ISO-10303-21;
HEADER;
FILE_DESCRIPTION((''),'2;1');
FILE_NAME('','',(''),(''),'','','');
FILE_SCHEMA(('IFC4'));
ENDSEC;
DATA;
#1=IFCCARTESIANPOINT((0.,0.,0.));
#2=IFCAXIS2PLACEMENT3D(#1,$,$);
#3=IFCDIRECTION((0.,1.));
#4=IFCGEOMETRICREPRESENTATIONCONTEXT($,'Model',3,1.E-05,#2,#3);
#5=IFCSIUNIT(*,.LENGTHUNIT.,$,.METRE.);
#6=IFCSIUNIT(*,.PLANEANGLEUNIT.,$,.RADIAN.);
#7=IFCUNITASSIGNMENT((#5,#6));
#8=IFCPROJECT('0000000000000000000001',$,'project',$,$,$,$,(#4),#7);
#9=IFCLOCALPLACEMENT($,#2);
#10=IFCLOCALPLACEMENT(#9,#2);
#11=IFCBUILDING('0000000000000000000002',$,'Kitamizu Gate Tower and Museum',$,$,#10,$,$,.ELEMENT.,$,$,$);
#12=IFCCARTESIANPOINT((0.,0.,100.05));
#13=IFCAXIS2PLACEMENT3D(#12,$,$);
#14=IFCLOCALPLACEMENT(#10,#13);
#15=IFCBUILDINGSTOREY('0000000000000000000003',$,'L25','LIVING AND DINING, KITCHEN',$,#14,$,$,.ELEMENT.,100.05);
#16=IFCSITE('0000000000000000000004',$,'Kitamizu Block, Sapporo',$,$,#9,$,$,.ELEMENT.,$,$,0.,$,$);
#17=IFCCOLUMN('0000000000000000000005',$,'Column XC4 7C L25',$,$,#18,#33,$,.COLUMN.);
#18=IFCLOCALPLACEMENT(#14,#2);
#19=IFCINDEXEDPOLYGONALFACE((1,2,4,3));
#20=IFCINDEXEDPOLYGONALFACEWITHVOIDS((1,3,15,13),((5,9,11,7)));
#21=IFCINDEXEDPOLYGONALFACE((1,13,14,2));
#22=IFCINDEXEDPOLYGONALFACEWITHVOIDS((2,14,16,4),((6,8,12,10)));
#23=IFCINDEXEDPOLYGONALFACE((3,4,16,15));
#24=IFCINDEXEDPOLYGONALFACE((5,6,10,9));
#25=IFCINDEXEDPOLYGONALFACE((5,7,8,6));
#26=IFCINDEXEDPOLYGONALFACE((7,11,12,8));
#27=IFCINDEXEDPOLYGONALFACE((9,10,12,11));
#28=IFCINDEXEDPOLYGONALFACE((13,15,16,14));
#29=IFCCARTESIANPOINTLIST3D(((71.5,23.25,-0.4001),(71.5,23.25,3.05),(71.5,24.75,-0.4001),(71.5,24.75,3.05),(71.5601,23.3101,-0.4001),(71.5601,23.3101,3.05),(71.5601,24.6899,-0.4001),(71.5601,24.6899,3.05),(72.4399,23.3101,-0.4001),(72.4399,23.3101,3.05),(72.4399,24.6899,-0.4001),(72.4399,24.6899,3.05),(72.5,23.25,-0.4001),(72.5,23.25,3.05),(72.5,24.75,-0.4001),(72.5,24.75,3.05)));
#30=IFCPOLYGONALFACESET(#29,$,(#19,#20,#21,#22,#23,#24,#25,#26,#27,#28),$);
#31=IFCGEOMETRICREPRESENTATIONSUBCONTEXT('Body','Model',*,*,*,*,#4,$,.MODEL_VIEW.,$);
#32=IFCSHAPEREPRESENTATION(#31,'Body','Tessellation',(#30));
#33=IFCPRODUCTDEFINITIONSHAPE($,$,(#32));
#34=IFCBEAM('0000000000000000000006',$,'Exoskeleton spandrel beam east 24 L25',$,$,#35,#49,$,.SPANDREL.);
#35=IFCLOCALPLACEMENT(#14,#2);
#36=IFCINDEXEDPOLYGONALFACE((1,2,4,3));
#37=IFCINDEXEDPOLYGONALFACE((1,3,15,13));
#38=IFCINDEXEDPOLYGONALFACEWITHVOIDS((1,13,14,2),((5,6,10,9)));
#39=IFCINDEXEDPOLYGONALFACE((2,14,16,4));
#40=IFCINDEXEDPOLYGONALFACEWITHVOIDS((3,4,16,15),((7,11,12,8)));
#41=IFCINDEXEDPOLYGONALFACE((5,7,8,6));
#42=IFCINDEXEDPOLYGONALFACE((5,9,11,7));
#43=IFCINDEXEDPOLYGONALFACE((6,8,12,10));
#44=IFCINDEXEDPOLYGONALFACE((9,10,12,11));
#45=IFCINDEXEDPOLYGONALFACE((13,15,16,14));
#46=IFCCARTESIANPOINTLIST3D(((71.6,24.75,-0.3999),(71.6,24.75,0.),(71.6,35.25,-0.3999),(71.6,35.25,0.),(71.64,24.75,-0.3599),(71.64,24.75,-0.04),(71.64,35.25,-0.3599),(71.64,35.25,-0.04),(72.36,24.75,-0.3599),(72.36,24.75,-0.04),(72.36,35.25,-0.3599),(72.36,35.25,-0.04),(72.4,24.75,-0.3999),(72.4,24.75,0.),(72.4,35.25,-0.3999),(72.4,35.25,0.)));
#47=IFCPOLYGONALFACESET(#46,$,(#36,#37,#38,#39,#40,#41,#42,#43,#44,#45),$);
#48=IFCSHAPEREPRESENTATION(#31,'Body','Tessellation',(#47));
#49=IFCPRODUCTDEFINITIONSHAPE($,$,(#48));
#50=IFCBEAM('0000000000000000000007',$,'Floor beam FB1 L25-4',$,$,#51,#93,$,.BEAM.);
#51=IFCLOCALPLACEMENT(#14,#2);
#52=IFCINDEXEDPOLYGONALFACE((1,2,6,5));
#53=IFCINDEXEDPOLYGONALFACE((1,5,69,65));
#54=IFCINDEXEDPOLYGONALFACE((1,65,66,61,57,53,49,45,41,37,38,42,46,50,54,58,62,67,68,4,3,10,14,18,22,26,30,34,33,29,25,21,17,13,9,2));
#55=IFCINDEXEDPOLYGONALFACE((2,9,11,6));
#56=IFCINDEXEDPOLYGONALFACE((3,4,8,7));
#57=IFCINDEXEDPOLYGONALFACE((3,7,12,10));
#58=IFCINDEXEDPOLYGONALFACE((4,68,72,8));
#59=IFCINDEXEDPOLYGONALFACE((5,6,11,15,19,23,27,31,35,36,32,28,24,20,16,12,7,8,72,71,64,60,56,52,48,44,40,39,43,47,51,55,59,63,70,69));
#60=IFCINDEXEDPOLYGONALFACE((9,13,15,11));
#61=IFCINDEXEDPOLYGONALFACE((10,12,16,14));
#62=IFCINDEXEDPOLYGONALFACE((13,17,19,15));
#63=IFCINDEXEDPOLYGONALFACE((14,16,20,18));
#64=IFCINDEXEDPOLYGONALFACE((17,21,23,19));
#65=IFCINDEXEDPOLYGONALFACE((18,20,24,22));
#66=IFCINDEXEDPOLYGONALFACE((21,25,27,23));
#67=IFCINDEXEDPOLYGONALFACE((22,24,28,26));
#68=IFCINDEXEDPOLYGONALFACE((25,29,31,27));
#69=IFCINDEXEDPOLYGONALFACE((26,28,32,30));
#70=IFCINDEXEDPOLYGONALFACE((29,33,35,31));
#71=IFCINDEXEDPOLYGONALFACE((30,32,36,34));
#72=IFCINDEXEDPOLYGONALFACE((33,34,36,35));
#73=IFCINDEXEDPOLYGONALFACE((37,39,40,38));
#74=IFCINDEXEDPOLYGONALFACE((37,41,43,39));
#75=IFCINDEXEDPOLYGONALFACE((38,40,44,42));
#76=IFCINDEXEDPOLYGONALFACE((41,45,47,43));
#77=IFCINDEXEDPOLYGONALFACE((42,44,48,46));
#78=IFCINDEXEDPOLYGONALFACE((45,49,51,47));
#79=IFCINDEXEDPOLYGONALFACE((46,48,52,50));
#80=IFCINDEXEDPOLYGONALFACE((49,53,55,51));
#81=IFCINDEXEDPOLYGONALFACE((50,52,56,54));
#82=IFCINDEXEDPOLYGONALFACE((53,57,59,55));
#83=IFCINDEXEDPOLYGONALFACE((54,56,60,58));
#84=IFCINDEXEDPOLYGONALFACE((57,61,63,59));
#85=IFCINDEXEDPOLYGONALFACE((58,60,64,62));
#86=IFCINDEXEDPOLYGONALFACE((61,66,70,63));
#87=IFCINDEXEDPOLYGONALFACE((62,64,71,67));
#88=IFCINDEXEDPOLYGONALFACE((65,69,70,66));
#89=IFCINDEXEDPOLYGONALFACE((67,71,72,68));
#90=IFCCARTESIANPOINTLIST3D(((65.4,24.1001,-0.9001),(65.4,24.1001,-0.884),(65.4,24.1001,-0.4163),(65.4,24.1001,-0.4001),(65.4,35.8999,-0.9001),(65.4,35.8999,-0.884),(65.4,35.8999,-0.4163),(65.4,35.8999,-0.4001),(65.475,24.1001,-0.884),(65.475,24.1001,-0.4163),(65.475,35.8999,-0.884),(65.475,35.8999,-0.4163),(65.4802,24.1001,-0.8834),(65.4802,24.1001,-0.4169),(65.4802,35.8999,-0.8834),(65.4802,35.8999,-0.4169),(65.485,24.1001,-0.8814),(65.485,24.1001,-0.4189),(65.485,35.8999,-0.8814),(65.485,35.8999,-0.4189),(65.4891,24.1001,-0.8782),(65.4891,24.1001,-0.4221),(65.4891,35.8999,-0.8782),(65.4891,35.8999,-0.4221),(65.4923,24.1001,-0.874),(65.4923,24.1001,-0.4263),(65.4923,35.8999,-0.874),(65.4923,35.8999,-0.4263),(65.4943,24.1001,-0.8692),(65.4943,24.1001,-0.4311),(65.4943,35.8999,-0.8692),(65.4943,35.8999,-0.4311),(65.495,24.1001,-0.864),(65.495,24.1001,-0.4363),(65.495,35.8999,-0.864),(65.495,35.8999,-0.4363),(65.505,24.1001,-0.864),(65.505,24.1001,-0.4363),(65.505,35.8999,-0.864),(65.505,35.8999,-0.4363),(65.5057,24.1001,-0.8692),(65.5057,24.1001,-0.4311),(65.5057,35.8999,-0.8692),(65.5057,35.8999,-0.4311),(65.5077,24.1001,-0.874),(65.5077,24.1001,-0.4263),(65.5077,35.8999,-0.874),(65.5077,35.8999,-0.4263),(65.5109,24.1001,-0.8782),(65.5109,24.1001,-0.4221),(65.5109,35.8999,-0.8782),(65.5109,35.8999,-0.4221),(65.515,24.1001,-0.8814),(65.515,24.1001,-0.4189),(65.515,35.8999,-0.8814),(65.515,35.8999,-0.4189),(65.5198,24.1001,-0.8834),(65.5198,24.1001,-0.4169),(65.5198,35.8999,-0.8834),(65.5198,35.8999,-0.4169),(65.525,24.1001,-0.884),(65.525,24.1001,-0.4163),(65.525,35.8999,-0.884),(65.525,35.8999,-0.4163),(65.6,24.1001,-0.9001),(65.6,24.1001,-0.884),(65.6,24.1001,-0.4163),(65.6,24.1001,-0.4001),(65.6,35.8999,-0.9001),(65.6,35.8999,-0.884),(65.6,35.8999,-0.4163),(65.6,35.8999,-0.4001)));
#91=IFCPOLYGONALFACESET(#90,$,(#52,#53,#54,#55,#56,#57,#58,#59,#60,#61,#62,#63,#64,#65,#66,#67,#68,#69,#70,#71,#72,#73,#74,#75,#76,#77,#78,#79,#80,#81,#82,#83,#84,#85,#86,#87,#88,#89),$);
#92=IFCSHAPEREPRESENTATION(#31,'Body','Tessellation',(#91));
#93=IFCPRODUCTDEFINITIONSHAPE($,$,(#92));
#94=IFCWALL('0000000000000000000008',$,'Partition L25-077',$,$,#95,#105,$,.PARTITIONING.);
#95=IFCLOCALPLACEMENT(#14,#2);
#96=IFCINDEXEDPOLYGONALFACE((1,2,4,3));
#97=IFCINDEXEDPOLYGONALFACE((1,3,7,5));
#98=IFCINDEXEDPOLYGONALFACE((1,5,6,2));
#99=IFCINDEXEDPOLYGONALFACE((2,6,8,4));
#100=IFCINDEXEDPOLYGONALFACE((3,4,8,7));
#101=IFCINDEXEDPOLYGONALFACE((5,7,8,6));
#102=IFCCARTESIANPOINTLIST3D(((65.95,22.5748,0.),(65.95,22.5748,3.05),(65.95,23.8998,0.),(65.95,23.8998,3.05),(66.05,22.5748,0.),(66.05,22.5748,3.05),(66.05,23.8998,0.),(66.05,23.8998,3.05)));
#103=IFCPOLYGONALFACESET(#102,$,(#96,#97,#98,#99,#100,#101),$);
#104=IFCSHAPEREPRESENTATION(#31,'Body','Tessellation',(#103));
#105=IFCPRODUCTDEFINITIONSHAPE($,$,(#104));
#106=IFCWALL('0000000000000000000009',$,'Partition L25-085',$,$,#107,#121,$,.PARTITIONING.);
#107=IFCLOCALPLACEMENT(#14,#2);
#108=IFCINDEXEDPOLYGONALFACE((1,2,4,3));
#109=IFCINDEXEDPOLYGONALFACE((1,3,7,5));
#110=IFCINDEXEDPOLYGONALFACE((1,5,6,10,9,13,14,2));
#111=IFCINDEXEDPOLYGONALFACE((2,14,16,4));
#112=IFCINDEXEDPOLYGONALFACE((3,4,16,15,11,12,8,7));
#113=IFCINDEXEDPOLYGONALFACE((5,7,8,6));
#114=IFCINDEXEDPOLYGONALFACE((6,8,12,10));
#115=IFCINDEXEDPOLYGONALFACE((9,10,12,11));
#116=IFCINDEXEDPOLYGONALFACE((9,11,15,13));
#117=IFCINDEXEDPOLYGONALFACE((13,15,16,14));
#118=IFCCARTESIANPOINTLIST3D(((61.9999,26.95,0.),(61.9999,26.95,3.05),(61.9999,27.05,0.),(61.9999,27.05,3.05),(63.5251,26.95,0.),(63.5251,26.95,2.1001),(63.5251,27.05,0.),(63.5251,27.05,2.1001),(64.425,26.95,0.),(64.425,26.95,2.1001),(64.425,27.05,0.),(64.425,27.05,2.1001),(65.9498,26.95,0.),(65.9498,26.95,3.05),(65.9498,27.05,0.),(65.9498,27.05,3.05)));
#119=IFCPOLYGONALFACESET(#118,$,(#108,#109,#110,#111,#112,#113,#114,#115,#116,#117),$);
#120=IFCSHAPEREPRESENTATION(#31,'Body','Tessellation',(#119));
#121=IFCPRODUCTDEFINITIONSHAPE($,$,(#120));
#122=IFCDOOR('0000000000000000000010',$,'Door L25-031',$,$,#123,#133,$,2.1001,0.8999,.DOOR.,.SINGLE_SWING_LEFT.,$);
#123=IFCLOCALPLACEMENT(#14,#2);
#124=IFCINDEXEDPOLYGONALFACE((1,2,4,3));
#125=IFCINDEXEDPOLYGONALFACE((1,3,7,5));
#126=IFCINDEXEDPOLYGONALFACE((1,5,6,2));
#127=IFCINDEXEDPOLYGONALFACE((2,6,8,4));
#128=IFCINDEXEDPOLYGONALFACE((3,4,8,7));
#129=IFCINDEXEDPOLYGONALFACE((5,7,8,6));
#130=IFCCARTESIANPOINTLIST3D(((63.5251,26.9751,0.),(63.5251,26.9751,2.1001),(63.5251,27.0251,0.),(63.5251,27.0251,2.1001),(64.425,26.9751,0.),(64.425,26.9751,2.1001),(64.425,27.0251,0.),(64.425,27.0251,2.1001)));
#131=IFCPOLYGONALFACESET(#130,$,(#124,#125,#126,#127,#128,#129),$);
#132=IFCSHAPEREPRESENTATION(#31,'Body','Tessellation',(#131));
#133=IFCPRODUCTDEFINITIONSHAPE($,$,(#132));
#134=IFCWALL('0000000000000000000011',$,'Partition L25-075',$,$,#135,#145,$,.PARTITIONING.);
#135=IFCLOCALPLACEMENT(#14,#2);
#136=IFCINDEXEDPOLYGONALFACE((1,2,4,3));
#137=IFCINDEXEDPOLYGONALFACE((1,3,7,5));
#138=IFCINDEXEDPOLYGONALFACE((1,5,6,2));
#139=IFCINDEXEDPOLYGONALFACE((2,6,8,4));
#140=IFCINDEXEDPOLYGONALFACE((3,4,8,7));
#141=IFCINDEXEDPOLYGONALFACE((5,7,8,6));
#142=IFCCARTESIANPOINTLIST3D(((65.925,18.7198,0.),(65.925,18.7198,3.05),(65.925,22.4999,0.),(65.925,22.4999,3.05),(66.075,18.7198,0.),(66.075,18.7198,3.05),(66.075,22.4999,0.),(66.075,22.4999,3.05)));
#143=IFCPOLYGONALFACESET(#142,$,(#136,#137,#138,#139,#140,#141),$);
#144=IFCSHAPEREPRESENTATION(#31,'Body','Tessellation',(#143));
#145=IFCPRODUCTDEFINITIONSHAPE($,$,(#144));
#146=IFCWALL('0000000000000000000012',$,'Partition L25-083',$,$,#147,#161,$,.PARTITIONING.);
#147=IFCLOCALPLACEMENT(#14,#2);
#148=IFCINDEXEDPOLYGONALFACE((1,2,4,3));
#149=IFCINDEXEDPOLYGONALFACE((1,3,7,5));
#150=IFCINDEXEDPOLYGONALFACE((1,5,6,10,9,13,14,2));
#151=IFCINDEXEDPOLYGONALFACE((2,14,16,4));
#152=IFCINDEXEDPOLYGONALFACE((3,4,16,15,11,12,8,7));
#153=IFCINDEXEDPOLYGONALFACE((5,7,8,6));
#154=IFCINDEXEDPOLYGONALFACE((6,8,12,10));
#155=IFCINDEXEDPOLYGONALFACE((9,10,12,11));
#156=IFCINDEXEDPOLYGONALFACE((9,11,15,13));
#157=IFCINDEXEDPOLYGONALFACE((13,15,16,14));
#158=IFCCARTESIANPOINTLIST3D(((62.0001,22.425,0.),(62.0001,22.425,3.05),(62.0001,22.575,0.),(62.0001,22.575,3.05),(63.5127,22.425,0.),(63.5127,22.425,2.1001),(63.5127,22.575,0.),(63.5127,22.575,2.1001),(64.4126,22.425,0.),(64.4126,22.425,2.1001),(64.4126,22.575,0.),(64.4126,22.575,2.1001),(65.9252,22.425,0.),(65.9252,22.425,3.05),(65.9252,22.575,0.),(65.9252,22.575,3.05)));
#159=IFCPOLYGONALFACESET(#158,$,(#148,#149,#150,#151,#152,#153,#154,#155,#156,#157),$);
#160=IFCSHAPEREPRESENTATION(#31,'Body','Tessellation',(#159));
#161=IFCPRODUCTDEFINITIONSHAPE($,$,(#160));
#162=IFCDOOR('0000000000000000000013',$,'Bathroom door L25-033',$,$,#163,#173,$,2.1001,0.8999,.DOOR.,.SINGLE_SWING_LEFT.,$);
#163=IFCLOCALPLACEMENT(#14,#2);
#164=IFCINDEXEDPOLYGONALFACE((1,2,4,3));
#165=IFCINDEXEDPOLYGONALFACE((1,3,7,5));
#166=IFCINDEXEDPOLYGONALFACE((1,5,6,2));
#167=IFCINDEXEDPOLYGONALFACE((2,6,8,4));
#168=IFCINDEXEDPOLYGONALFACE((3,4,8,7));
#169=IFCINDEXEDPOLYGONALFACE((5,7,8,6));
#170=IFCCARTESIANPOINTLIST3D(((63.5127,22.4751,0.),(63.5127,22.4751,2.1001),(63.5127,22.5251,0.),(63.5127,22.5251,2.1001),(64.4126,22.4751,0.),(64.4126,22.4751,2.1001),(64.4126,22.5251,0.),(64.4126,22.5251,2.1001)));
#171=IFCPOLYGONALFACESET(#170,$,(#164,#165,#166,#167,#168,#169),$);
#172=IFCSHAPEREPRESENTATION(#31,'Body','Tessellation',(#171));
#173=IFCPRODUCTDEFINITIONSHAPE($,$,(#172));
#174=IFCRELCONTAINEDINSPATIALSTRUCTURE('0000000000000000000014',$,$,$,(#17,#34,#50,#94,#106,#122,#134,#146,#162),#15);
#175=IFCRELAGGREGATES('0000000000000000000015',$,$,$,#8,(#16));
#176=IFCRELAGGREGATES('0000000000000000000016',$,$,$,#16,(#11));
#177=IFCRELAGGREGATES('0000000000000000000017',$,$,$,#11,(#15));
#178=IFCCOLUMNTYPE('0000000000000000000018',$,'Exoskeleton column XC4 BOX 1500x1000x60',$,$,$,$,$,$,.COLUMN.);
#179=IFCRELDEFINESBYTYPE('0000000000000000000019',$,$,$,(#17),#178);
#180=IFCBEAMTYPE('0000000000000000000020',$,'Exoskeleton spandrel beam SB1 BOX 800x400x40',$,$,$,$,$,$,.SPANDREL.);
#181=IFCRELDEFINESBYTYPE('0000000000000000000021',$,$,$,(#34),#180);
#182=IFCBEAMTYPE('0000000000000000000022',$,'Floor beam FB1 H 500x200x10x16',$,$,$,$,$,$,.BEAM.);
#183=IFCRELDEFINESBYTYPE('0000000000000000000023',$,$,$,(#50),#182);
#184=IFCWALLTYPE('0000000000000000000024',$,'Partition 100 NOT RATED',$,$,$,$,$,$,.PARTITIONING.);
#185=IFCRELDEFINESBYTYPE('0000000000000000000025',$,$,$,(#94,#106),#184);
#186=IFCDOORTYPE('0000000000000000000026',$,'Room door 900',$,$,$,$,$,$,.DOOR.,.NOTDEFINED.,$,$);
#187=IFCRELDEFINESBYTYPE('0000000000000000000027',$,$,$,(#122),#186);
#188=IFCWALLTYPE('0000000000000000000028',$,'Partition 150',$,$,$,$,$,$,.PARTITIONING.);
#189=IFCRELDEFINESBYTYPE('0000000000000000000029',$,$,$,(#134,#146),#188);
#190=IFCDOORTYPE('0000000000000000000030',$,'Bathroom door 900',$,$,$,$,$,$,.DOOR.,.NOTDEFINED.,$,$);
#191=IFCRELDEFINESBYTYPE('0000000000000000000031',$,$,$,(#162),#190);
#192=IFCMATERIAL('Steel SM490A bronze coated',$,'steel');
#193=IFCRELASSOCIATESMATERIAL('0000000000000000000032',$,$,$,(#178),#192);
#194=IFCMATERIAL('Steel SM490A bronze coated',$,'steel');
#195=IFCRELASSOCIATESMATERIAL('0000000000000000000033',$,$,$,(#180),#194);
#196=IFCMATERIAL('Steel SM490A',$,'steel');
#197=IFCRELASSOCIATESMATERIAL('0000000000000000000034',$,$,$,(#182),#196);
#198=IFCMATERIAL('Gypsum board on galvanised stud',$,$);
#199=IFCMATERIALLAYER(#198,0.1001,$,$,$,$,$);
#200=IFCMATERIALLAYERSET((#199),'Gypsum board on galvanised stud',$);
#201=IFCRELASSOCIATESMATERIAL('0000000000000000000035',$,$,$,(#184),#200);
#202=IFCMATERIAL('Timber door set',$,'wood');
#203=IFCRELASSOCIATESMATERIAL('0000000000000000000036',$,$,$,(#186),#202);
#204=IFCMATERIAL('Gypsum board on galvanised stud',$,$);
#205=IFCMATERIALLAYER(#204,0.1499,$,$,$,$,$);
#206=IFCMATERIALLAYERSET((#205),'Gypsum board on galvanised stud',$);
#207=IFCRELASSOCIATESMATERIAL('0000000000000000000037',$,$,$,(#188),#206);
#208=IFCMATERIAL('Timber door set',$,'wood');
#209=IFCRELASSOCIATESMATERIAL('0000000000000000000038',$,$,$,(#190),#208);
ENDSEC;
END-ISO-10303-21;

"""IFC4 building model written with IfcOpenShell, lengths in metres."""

from ifc_helpers import new_model, si_unit, direction, frame, frame_2d, origin, origin_2d, place, context, subcontext, project, spatial, rectangle, hollow_rectangle, i_section, extrude, material, layer, layer_set, material_profile, profile_set, type_object, element, fill, save


model = new_model("IFC4")

# Units and contexts
model_context = context("Model", 3, precision=1e-05, world=origin(), true_north=direction((0.0, 1.0)))
body_context = subcontext(model_context, "Body", "Model", "MODEL_VIEW")
ifc_project = project(units=[si_unit("LENGTHUNIT", "METRE"), si_unit("PLANEANGLEUNIT", "RADIAN")], contexts=[model_context])

# Site, building, storey
site_placement = place(None, origin())
site = spatial("IfcSite", under=ifc_project, at=site_placement, Name="Kitamizu Block, Sapporo", CompositionType="ELEMENT", RefElevation=0.0)
building_placement = place(site_placement, origin())
building = spatial("IfcBuilding", under=site, at=building_placement, Name="Kitamizu Gate Tower and Museum", CompositionType="ELEMENT")
storey_placement = place(building_placement, frame((0.0, 0.0, 100.05)))
storey = spatial("IfcBuildingStorey", under=building, at=storey_placement, Name="L25", Description="LIVING AND DINING, KITCHEN", CompositionType="ELEMENT", Elevation=100.05)

# Column
ifc_material_1 = material(Name="Steel SM490A bronze coated", Category="steel")
ifc_material_profile_1 = material_profile(ifc_material_1, hollow_rectangle(XDim=1.5, YDim=1.0, WallThickness=0.0601, at=origin_2d()), Name="BOX 1500x1000x60")
ifc_profile_set_1 = profile_set([ifc_material_profile_1], Name="Steel SM490A bronze coated")
column_type = type_object("IfcColumnType", Name="Exoskeleton column XC4 BOX 1500x1000x60", PredefinedType="COLUMN", material=ifc_profile_set_1)
column_placement = place(storey_placement, frame((72.0, 24.0, -0.4001), z_axis=(0.0, 0.0, 1.0), x_axis=(0.0, 1.0, 0.0)))
element("IfcColumn", 1, at=column_placement, inside=storey, type_object=column_type, Name="Column XC4 7C L25", PredefinedType="COLUMN", context=body_context, shape_type="SweptSolid", body=[
    extrude(hollow_rectangle(XDim=1.5, YDim=1.0, WallThickness=0.0601, at=origin_2d()), origin(), (0.0, 0.0, 1.0), 3.4502),
])

# Beams
ifc_material_2 = material(Name="Steel SM490A bronze coated", Category="steel")
ifc_material_profile_2 = material_profile(ifc_material_2, hollow_rectangle(XDim=0.8, YDim=0.3999, WallThickness=0.04, at=origin_2d()), Name="BOX 800x400x40")
ifc_profile_set_2 = profile_set([ifc_material_profile_2], Name="Steel SM490A bronze coated")
beam_type_1 = type_object("IfcBeamType", Name="Exoskeleton spandrel beam SB1 BOX 800x400x40", PredefinedType="SPANDREL", material=ifc_profile_set_2)
beam_1_placement = place(storey_placement, frame((72.0, 24.75, -0.2), z_axis=(0.0, 1.0, 0.0), x_axis=(-1.0, 0.0, 0.0)))
element("IfcBeam", 2, at=beam_1_placement, inside=storey, type_object=beam_type_1, Name="Exoskeleton spandrel beam east 24 L25", PredefinedType="SPANDREL", context=body_context, shape_type="SweptSolid", body=[
    extrude(hollow_rectangle(XDim=0.8, YDim=0.3999, WallThickness=0.04, at=origin_2d()), origin(), (0.0, 0.0, 1.0), 10.5),
])
ifc_material_3 = material(Name="Steel SM490A", Category="steel")
ifc_material_profile_3 = material_profile(ifc_material_3, i_section(OverallWidth=0.2, OverallDepth=0.5, WebThickness=0.01, FlangeThickness=0.0161, FilletRadius=0.02, at=origin_2d()), Name="H-500x200x10x16")
ifc_profile_set_3 = profile_set([ifc_material_profile_3], Name="Steel SM490A")
beam_type_2 = type_object("IfcBeamType", Name="Floor beam FB1 H 500x200x10x16", PredefinedType="BEAM", material=ifc_profile_set_3)
beam_2_placement = place(storey_placement, frame((65.5, 24.1001, -0.6501), z_axis=(0.0, 1.0, 0.0), x_axis=(-1.0, 0.0, 0.0)))
element("IfcBeam", 3, at=beam_2_placement, inside=storey, type_object=beam_type_2, Name="Floor beam FB1 L25-4", PredefinedType="BEAM", context=body_context, shape_type="SweptSolid", body=[
    extrude(i_section(OverallWidth=0.2, OverallDepth=0.5, WebThickness=0.01, FlangeThickness=0.0161, FilletRadius=0.02, at=origin_2d()), origin(), (0.0, 0.0, 1.0), 11.7998),
])

# Wall
ifc_material_4 = material(Name="Gypsum board on galvanised stud")
ifc_layer_1 = layer(ifc_material_4, 0.1001)
ifc_layer_set_1 = layer_set([ifc_layer_1], Name="Gypsum board on galvanised stud")
wall_type_1 = type_object("IfcWallType", Name="Partition 100 NOT RATED", PredefinedType="PARTITIONING", material=ifc_layer_set_1)
wall_1_placement = place(storey_placement, frame((66.0, 23.8999, 0.0), z_axis=(0.0, 0.0, 1.0), x_axis=(0.0, -1.0, 0.0)))
element("IfcWall", 4, at=wall_1_placement, inside=storey, type_object=wall_type_1, Name="Partition L25-077", PredefinedType="PARTITIONING", context=body_context, shape_type="SweptSolid", body=[
    extrude(rectangle(XDim=1.325, YDim=0.1001, at=frame_2d((0.6626, 0.0))), origin(), (0.0, 0.0, 1.0), 3.05),
])

# Wall, opening, door
wall_2_placement = place(storey_placement, frame((65.95, 27.0, 0.0), z_axis=(0.0, 0.0, 1.0), x_axis=(-1.0, 0.0, 0.0)))
wall_2 = element("IfcWall", 5, at=wall_2_placement, inside=storey, type_object=wall_type_1, Name="Partition L25-085", PredefinedType="PARTITIONING", context=body_context, shape_type="SweptSolid", body=[
    extrude(rectangle(XDim=3.95, YDim=0.1001, at=frame_2d((1.9751, 0.0))), origin(), (0.0, 0.0, 1.0), 3.05),
])
opening_1_placement = place(wall_2_placement, frame((1.5249, 0.0, 0.0)))
opening_1 = element("IfcOpeningElement", 6, at=opening_1_placement, cuts=wall_2, PredefinedType="OPENING", context=body_context, shape_type="SweptSolid", body=[
    extrude(rectangle(XDim=0.8999, YDim=2.1001, at=frame_2d((0.45, 1.05))), frame((0.0, 0.0601, 0.0), z_axis=(0.0, -1.0, 0.0), x_axis=(1.0, 0.0, 0.0)), (0.0, 0.0, 1.0), 0.1201),
])
ifc_material_5 = material(Name="Timber door set", Category="wood")
door_type_1 = type_object("IfcDoorType", Name="Room door 900", OperationType="NOTDEFINED", PredefinedType="DOOR", material=ifc_material_5)
door_1_placement = place(opening_1_placement, origin())
door_1 = element("IfcDoor", 7, at=door_1_placement, inside=storey, type_object=door_type_1, Name="Door L25-031", OperationType="SINGLE_SWING_LEFT", OverallHeight=2.1001, OverallWidth=0.8999, PredefinedType="DOOR", context=body_context, shape_type="SweptSolid", body=[
    extrude(rectangle(XDim=0.8999, YDim=2.1001, at=frame_2d((0.45, 1.05))), frame((0.0, 0.0249, 0.0), z_axis=(0.0, -1.0, 0.0), x_axis=(1.0, 0.0, 0.0)), (0.0, 0.0, 1.0), 0.05),
])
fill(opening_1, door_1)

# Wall
ifc_material_6 = material(Name="Gypsum board on galvanised stud")
ifc_layer_2 = layer(ifc_material_6, 0.1499)
ifc_layer_set_2 = layer_set([ifc_layer_2], Name="Gypsum board on galvanised stud")
wall_type_2 = type_object("IfcWallType", Name="Partition 150", PredefinedType="PARTITIONING", material=ifc_layer_set_2)
wall_3_placement = place(storey_placement, frame((66.0, 22.5, 0.0), z_axis=(0.0, 0.0, 1.0), x_axis=(0.0, -1.0, 0.0)))
element("IfcWall", 8, at=wall_3_placement, inside=storey, type_object=wall_type_2, Name="Partition L25-075", PredefinedType="PARTITIONING", context=body_context, shape_type="SweptSolid", body=[
    extrude(rectangle(XDim=3.78, YDim=0.1499, at=frame_2d((1.8901, 0.0))), origin(), (0.0, 0.0, 1.0), 3.05),
])

# Wall, opening, door
wall_4_placement = place(storey_placement, frame((65.925, 22.5, 0.0), z_axis=(0.0, 0.0, 1.0), x_axis=(-1.0, 0.0, 0.0)))
wall_4 = element("IfcWall", 9, at=wall_4_placement, inside=storey, type_object=wall_type_2, Name="Partition L25-083", PredefinedType="PARTITIONING", context=body_context, shape_type="SweptSolid", body=[
    extrude(rectangle(XDim=3.925, YDim=0.1499, at=frame_2d((1.9624, 0.0))), origin(), (0.0, 0.0, 1.0), 3.05),
])
opening_2_placement = place(wall_4_placement, frame((1.5125, 0.0, 0.0)))
opening_2 = element("IfcOpeningElement", 10, at=opening_2_placement, cuts=wall_4, PredefinedType="OPENING", context=body_context, shape_type="SweptSolid", body=[
    extrude(rectangle(XDim=0.8999, YDim=2.1001, at=frame_2d((0.45, 1.05))), frame((0.0, 0.085, 0.0), z_axis=(0.0, -1.0, 0.0), x_axis=(1.0, 0.0, 0.0)), (0.0, 0.0, 1.0), 0.1699),
])
ifc_material_7 = material(Name="Timber door set", Category="wood")
door_type_2 = type_object("IfcDoorType", Name="Bathroom door 900", OperationType="NOTDEFINED", PredefinedType="DOOR", material=ifc_material_7)
door_2_placement = place(opening_2_placement, origin())
door_2 = element("IfcDoor", 11, at=door_2_placement, inside=storey, type_object=door_type_2, Name="Bathroom door L25-033", OperationType="SINGLE_SWING_LEFT", OverallHeight=2.1001, OverallWidth=0.8999, PredefinedType="DOOR", context=body_context, shape_type="SweptSolid", body=[
    extrude(rectangle(XDim=0.8999, YDim=2.1001, at=frame_2d((0.45, 1.05))), frame((0.0, 0.0249, 0.0), z_axis=(0.0, -1.0, 0.0), x_axis=(1.0, 0.0, 0.0)), (0.0, 0.0, 1.0), 0.05),
])
fill(opening_2, door_2)

save(model, "model.ifc")
